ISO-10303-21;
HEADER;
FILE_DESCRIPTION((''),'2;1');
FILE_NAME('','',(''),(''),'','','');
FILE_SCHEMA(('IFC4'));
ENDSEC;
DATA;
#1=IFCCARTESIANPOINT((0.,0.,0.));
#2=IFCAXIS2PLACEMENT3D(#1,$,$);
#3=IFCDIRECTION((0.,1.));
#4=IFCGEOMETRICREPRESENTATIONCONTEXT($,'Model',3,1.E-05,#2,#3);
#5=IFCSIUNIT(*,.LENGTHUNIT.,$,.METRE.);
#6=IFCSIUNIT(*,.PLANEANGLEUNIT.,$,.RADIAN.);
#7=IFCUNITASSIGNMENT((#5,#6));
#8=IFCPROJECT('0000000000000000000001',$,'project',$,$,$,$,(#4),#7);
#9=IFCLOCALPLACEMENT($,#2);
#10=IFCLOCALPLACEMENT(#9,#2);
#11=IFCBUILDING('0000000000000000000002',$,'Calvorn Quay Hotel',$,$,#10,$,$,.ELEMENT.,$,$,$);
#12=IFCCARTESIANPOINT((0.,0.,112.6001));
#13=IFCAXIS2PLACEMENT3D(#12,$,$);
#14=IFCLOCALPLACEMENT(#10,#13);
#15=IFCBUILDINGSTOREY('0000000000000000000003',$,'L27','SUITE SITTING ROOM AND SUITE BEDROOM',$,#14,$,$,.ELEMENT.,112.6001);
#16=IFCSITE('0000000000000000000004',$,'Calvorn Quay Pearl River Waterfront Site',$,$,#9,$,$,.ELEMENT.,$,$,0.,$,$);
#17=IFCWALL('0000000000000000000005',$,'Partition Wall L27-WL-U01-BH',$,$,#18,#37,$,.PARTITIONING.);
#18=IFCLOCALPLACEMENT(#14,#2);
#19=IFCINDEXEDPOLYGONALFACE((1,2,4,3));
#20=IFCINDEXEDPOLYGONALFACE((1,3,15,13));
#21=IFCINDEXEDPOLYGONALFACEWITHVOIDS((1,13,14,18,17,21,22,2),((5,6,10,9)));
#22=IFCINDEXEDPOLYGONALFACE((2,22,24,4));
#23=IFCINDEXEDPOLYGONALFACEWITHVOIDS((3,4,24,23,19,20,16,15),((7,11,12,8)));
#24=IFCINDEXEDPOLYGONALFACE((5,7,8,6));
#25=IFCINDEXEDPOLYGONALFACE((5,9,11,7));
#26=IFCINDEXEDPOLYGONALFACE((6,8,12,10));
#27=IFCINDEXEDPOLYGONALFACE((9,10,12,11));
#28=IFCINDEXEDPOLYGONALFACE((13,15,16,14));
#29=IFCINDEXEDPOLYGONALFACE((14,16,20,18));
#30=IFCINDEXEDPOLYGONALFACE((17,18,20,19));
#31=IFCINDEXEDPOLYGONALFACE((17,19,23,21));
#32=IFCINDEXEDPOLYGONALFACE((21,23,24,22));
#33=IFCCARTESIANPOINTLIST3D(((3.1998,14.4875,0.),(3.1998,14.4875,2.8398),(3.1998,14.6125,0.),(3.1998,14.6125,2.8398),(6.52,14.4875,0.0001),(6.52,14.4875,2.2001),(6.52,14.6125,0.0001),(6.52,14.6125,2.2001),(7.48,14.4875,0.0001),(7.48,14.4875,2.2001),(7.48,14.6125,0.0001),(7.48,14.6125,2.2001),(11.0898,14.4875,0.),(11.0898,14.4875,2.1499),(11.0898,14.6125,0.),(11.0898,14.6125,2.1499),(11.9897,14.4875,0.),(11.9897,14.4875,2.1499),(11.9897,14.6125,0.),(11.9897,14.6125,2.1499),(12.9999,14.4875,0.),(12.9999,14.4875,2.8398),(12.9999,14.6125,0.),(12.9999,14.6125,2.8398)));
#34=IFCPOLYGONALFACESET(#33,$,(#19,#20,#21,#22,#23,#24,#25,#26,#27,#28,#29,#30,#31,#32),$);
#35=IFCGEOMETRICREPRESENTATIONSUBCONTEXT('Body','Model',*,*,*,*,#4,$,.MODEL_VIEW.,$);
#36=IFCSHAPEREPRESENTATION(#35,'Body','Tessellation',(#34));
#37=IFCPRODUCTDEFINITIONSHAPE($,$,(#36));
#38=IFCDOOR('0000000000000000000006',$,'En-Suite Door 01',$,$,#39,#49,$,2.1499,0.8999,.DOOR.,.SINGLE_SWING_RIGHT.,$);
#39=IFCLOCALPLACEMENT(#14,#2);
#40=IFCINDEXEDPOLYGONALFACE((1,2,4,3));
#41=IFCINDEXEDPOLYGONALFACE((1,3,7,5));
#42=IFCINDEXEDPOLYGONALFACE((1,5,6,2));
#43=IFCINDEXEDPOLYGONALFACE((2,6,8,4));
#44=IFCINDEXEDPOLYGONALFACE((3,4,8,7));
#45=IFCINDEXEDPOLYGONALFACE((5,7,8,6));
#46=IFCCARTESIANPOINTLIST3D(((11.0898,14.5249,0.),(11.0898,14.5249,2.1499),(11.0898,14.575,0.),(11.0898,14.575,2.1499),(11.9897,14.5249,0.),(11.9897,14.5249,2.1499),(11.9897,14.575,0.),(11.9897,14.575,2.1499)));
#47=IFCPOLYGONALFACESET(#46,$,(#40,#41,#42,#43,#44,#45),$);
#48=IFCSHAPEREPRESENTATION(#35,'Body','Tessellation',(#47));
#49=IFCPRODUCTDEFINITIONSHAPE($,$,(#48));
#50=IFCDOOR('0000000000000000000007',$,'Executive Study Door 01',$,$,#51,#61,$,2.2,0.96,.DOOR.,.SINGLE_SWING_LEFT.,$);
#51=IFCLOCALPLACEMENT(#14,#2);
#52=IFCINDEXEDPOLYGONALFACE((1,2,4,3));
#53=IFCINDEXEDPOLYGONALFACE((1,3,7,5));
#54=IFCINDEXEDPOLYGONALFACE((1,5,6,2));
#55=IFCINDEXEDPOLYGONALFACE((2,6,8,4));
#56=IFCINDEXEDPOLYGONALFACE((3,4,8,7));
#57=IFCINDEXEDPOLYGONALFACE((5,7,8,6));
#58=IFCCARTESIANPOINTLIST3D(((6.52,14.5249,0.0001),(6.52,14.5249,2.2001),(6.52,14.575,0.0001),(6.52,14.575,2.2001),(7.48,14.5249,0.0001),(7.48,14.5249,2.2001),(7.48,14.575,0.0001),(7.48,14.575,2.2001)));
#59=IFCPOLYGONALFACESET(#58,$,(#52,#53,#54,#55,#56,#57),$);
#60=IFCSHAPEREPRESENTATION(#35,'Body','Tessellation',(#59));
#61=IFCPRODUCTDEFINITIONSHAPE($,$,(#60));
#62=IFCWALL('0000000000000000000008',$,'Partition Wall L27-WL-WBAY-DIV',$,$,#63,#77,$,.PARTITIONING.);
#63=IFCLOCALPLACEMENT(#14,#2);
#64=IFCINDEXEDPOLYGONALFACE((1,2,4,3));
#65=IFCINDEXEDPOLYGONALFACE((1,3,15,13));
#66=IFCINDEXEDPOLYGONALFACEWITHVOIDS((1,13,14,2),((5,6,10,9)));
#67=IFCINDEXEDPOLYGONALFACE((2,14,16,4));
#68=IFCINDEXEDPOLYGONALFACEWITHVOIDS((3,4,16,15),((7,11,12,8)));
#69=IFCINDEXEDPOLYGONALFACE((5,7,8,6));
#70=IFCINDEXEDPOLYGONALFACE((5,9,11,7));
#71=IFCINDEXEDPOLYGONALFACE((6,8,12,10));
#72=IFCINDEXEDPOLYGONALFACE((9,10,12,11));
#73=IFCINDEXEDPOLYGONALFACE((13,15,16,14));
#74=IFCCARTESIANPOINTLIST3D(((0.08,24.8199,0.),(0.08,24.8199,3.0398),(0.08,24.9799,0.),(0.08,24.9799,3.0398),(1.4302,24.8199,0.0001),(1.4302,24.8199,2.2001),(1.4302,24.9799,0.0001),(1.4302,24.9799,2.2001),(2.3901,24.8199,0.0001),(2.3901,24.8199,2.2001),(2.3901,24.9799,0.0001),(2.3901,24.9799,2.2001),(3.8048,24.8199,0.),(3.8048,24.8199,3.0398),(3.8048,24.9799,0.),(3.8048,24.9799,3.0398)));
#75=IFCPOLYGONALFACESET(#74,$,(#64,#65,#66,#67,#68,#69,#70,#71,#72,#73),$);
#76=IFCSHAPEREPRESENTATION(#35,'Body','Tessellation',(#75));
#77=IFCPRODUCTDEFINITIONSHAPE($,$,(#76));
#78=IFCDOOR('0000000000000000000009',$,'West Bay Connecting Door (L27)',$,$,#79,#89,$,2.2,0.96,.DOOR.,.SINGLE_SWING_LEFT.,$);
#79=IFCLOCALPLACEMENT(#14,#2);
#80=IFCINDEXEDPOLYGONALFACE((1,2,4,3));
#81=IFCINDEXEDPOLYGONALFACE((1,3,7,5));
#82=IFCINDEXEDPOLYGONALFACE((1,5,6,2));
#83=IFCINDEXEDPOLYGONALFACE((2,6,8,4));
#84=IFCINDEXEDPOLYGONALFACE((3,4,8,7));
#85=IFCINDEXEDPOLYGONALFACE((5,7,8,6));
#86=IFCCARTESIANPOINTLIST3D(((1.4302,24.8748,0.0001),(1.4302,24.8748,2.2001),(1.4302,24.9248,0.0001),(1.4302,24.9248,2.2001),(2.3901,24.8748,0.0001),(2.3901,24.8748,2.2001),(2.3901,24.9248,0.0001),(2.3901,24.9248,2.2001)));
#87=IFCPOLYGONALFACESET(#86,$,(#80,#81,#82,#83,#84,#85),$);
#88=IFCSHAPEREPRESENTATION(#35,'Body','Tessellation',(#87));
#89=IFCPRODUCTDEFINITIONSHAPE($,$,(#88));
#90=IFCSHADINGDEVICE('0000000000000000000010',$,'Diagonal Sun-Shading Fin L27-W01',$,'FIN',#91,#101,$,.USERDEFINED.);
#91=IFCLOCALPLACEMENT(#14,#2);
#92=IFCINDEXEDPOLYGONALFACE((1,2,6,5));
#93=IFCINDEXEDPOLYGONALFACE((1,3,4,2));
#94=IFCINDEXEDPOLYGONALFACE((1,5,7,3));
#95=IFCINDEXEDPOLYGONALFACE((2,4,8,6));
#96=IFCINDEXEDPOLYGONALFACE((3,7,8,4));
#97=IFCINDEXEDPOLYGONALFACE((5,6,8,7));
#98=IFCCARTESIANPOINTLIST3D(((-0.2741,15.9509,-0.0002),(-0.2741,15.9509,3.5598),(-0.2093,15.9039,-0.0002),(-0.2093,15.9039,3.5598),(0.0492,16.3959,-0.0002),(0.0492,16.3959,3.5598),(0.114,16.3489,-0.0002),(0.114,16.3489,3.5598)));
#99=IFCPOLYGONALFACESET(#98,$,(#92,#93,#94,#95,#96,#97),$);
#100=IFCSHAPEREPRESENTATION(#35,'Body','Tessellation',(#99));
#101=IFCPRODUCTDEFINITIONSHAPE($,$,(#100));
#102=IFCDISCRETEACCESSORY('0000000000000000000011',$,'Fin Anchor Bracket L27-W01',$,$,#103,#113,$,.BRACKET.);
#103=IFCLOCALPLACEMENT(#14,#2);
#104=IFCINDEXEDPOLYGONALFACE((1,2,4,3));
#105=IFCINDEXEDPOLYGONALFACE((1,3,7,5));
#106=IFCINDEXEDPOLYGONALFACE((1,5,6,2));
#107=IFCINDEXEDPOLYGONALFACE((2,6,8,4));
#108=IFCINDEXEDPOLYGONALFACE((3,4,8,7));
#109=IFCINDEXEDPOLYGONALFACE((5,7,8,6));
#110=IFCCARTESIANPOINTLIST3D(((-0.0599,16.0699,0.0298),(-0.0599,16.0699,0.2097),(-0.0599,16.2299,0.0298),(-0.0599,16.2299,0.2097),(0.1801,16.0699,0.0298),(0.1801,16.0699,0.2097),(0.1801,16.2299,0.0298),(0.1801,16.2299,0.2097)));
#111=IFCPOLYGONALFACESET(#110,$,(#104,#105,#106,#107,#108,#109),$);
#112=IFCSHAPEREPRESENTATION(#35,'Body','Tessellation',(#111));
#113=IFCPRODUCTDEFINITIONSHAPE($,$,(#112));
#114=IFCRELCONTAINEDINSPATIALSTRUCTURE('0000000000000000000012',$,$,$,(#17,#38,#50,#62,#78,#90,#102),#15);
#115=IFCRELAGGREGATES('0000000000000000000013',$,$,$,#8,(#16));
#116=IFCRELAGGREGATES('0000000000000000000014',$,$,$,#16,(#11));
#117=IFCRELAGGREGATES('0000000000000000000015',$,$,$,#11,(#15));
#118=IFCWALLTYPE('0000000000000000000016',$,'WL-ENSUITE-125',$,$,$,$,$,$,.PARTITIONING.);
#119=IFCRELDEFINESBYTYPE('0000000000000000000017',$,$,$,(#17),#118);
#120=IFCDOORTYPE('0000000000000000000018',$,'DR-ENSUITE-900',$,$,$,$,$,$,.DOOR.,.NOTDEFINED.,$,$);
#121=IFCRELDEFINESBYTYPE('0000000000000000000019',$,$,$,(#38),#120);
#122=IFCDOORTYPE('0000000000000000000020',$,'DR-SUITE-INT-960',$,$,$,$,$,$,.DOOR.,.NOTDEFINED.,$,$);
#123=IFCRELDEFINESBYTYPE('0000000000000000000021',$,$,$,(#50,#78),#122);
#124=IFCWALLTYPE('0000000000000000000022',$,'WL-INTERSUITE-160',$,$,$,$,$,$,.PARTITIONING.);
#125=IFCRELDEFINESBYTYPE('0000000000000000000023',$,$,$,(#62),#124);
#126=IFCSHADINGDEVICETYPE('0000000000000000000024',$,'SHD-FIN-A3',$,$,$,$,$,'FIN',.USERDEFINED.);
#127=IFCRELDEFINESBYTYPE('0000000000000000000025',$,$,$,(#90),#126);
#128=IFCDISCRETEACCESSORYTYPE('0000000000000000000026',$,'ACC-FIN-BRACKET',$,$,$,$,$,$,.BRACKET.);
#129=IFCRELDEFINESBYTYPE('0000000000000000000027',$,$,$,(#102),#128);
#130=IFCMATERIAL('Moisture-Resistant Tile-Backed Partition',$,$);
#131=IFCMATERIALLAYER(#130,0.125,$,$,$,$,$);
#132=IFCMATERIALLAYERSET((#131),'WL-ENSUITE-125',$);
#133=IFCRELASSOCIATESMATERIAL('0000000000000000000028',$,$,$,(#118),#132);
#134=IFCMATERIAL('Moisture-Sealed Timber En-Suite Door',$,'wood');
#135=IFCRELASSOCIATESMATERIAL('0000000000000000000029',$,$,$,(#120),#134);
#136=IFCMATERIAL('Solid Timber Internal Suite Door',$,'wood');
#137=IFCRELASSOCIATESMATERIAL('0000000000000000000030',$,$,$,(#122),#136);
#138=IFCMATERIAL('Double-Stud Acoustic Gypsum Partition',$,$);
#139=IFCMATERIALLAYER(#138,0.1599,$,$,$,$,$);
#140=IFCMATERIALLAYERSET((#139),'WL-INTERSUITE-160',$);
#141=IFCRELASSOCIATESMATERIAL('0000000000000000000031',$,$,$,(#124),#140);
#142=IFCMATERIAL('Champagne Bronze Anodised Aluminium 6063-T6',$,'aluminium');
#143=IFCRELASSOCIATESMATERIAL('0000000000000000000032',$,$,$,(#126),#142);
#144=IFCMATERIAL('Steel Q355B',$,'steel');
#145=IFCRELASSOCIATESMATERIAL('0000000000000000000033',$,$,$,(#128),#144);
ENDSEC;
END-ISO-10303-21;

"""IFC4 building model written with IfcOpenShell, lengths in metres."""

from ifc_helpers import new_model, si_unit, direction, frame, frame_2d, origin, origin_2d, place, context, subcontext, project, spatial, rectangle, extrude, material, layer, layer_set, type_object, element, fill, save


model = new_model("IFC4")

# Units and contexts
model_context = context("Model", 3, precision=1e-05, world=origin(), true_north=direction((0.0, 1.0)))
body_context = subcontext(model_context, "Body", "Model", "MODEL_VIEW")
ifc_project = project(units=[si_unit("LENGTHUNIT", "METRE"), si_unit("PLANEANGLEUNIT", "RADIAN")], contexts=[model_context])

# Site, building, storey
site_placement = place(None, origin())
site = spatial("IfcSite", under=ifc_project, at=site_placement, Name="Calvorn Quay Pearl River Waterfront Site", CompositionType="ELEMENT", RefElevation=0.0)
building_placement = place(site_placement, origin())
building = spatial("IfcBuilding", under=site, at=building_placement, Name="Calvorn Quay Hotel", CompositionType="ELEMENT")
storey_placement = place(building_placement, frame((0.0, 0.0, 112.6001)))
storey = spatial("IfcBuildingStorey", under=building, at=storey_placement, Name="L27", Description="SUITE SITTING ROOM AND SUITE BEDROOM", CompositionType="ELEMENT", Elevation=112.6001)

# Wall, openings, doors
ifc_material_1 = material(Name="Moisture-Resistant Tile-Backed Partition")
ifc_layer_1 = layer(ifc_material_1, 0.125)
ifc_layer_set_1 = layer_set([ifc_layer_1], Name="WL-ENSUITE-125")
wall_type_1 = type_object("IfcWallType", Name="WL-ENSUITE-125", PredefinedType="PARTITIONING", material=ifc_layer_set_1)
wall_1_placement = place(storey_placement, frame((3.2, 14.55, 0.0), z_axis=(0.0, 0.0, 1.0), x_axis=(1.0, 0.0, 0.0)))
wall_1 = element("IfcWall", 1, at=wall_1_placement, inside=storey, type_object=wall_type_1, Name="Partition Wall L27-WL-U01-BH", PredefinedType="PARTITIONING", context=body_context, shape_type="SweptSolid", body=[
    extrude(rectangle(XDim=9.8, YDim=0.125, at=frame_2d((4.8999, 0.0))), origin(), (0.0, 0.0, 1.0), 2.8398),
])
opening_1_placement = place(wall_1_placement, frame((3.3201, 0.0, 0.0)))
opening_1 = element("IfcOpeningElement", 2, at=opening_1_placement, cuts=wall_1, PredefinedType="OPENING", context=body_context, shape_type="SweptSolid", body=[
    extrude(rectangle(XDim=0.96, YDim=2.2, at=frame_2d((0.48, 1.1001))), frame((0.0, 0.0725, 0.0), z_axis=(0.0, -1.0, 0.0), x_axis=(1.0, 0.0, 0.0)), (0.0, 0.0, 1.0), 0.145),
])
opening_2_placement = place(wall_1_placement, frame((7.8899, 0.0, 0.0)))
opening_2 = element("IfcOpeningElement", 3, at=opening_2_placement, cuts=wall_1, PredefinedType="OPENING", context=body_context, shape_type="SweptSolid", body=[
    extrude(rectangle(XDim=0.8999, YDim=2.1499, at=frame_2d((0.45, 1.075))), frame((0.0, 0.0725, 0.0), z_axis=(0.0, -1.0, 0.0), x_axis=(1.0, 0.0, 0.0)), (0.0, 0.0, 1.0), 0.145),
])
ifc_material_2 = material(Name="Moisture-Sealed Timber En-Suite Door", Category="wood")
door_type_1 = type_object("IfcDoorType", Name="DR-ENSUITE-900", OperationType="NOTDEFINED", PredefinedType="DOOR", material=ifc_material_2)
door_1_placement = place(opening_2_placement, origin())
door_1 = element("IfcDoor", 4, at=door_1_placement, inside=storey, type_object=door_type_1, Name="En-Suite Door 01", OperationType="SINGLE_SWING_RIGHT", OverallHeight=2.1499, OverallWidth=0.8999, PredefinedType="DOOR", context=body_context, shape_type="SweptSolid", body=[
    extrude(rectangle(XDim=0.8999, YDim=2.1499, at=frame_2d((0.45, 1.075))), frame((0.0, 0.0249, 0.0), z_axis=(0.0, -1.0, 0.0), x_axis=(1.0, 0.0, 0.0)), (0.0, 0.0, 1.0), 0.05),
])
fill(opening_2, door_1)
ifc_material_3 = material(Name="Solid Timber Internal Suite Door", Category="wood")
door_type_2 = type_object("IfcDoorType", Name="DR-SUITE-INT-960", OperationType="NOTDEFINED", PredefinedType="DOOR", material=ifc_material_3)
door_2_placement = place(opening_1_placement, origin())
door_2 = element("IfcDoor", 5, at=door_2_placement, inside=storey, type_object=door_type_2, Name="Executive Study Door 01", OperationType="SINGLE_SWING_LEFT", OverallHeight=2.2, OverallWidth=0.96, PredefinedType="DOOR", context=body_context, shape_type="SweptSolid", body=[
    extrude(rectangle(XDim=0.96, YDim=2.2, at=frame_2d((0.48, 1.1001))), frame((0.0, 0.0249, 0.0), z_axis=(0.0, -1.0, 0.0), x_axis=(1.0, 0.0, 0.0)), (0.0, 0.0, 1.0), 0.05),
])
fill(opening_1, door_2)

# Wall, opening, door
ifc_material_4 = material(Name="Double-Stud Acoustic Gypsum Partition")
ifc_layer_2 = layer(ifc_material_4, 0.1599)
ifc_layer_set_2 = layer_set([ifc_layer_2], Name="WL-INTERSUITE-160")
wall_type_2 = type_object("IfcWallType", Name="WL-INTERSUITE-160", PredefinedType="PARTITIONING", material=ifc_layer_set_2)
wall_2_placement = place(storey_placement, frame((0.0801, 24.8999, 0.0), z_axis=(0.0, 0.0, 1.0), x_axis=(1.0, 0.0, 0.0)))
wall_2 = element("IfcWall", 6, at=wall_2_placement, inside=storey, type_object=wall_type_2, Name="Partition Wall L27-WL-WBAY-DIV", PredefinedType="PARTITIONING", context=body_context, shape_type="SweptSolid", body=[
    extrude(rectangle(XDim=3.7249, YDim=0.1599, at=frame_2d((1.8623, 0.0))), origin(), (0.0, 0.0, 1.0), 3.0398),
])
opening_3_placement = place(wall_2_placement, frame((1.3501, 0.0, 0.0)))
opening_3 = element("IfcOpeningElement", 7, at=opening_3_placement, cuts=wall_2, PredefinedType="OPENING", context=body_context, shape_type="SweptSolid", body=[
    extrude(rectangle(XDim=0.96, YDim=2.2, at=frame_2d((0.48, 1.1001))), frame((0.0, 0.0898, 0.0), z_axis=(0.0, -1.0, 0.0), x_axis=(1.0, 0.0, 0.0)), (0.0, 0.0, 1.0), 0.1799),
])
door_3_placement = place(opening_3_placement, origin())
door_3 = element("IfcDoor", 8, at=door_3_placement, inside=storey, type_object=door_type_2, Name="West Bay Connecting Door (L27)", OperationType="SINGLE_SWING_LEFT", OverallHeight=2.2, OverallWidth=0.96, PredefinedType="DOOR", context=body_context, shape_type="SweptSolid", body=[
    extrude(rectangle(XDim=0.96, YDim=2.2, at=frame_2d((0.48, 1.1001))), frame((0.0, 0.0249, 0.0), z_axis=(0.0, -1.0, 0.0), x_axis=(1.0, 0.0, 0.0)), (0.0, 0.0, 1.0), 0.05),
])
fill(opening_3, door_3)

# Shading device
ifc_material_5 = material(Name="Champagne Bronze Anodised Aluminium 6063-T6", Category="aluminium")
shading_device_type = type_object("IfcShadingDeviceType", Name="SHD-FIN-A3", ElementType="FIN", PredefinedType="USERDEFINED", material=ifc_material_5)
shading_device_placement = place(storey_placement, frame((-0.0801, 16.1499, -0.0002), z_axis=(0.0, 0.0, 1.0), x_axis=(0.587785, 0.809017, 0.0)))
element("IfcShadingDevice", 9, at=shading_device_placement, inside=storey, type_object=shading_device_type, Name="Diagonal Sun-Shading Fin L27-W01", ObjectType="FIN", PredefinedType="USERDEFINED", context=body_context, shape_type="SweptSolid", body=[
    extrude(rectangle(XDim=0.55, YDim=0.0801, at=origin_2d()), origin(), (0.0, 0.0, 1.0), 3.5601),
])

# Discrete accessory
ifc_material_6 = material(Name="Steel Q355B", Category="steel")
discrete_accessory_type = type_object("IfcDiscreteAccessoryType", Name="ACC-FIN-BRACKET", PredefinedType="BRACKET", material=ifc_material_6)
discrete_accessory_placement = place(storey_placement, frame((0.0601, 16.1499, 0.0298), z_axis=(0.0, 0.0, 1.0), x_axis=(1.0, 0.0, 0.0)))
element("IfcDiscreteAccessory", 10, at=discrete_accessory_placement, inside=storey, type_object=discrete_accessory_type, Name="Fin Anchor Bracket L27-W01", PredefinedType="BRACKET", context=body_context, shape_type="SweptSolid", body=[
    extrude(rectangle(XDim=0.24, YDim=0.1599, at=origin_2d()), origin(), (0.0, 0.0, 1.0), 0.1799),
])

save(model, "model.ifc")
